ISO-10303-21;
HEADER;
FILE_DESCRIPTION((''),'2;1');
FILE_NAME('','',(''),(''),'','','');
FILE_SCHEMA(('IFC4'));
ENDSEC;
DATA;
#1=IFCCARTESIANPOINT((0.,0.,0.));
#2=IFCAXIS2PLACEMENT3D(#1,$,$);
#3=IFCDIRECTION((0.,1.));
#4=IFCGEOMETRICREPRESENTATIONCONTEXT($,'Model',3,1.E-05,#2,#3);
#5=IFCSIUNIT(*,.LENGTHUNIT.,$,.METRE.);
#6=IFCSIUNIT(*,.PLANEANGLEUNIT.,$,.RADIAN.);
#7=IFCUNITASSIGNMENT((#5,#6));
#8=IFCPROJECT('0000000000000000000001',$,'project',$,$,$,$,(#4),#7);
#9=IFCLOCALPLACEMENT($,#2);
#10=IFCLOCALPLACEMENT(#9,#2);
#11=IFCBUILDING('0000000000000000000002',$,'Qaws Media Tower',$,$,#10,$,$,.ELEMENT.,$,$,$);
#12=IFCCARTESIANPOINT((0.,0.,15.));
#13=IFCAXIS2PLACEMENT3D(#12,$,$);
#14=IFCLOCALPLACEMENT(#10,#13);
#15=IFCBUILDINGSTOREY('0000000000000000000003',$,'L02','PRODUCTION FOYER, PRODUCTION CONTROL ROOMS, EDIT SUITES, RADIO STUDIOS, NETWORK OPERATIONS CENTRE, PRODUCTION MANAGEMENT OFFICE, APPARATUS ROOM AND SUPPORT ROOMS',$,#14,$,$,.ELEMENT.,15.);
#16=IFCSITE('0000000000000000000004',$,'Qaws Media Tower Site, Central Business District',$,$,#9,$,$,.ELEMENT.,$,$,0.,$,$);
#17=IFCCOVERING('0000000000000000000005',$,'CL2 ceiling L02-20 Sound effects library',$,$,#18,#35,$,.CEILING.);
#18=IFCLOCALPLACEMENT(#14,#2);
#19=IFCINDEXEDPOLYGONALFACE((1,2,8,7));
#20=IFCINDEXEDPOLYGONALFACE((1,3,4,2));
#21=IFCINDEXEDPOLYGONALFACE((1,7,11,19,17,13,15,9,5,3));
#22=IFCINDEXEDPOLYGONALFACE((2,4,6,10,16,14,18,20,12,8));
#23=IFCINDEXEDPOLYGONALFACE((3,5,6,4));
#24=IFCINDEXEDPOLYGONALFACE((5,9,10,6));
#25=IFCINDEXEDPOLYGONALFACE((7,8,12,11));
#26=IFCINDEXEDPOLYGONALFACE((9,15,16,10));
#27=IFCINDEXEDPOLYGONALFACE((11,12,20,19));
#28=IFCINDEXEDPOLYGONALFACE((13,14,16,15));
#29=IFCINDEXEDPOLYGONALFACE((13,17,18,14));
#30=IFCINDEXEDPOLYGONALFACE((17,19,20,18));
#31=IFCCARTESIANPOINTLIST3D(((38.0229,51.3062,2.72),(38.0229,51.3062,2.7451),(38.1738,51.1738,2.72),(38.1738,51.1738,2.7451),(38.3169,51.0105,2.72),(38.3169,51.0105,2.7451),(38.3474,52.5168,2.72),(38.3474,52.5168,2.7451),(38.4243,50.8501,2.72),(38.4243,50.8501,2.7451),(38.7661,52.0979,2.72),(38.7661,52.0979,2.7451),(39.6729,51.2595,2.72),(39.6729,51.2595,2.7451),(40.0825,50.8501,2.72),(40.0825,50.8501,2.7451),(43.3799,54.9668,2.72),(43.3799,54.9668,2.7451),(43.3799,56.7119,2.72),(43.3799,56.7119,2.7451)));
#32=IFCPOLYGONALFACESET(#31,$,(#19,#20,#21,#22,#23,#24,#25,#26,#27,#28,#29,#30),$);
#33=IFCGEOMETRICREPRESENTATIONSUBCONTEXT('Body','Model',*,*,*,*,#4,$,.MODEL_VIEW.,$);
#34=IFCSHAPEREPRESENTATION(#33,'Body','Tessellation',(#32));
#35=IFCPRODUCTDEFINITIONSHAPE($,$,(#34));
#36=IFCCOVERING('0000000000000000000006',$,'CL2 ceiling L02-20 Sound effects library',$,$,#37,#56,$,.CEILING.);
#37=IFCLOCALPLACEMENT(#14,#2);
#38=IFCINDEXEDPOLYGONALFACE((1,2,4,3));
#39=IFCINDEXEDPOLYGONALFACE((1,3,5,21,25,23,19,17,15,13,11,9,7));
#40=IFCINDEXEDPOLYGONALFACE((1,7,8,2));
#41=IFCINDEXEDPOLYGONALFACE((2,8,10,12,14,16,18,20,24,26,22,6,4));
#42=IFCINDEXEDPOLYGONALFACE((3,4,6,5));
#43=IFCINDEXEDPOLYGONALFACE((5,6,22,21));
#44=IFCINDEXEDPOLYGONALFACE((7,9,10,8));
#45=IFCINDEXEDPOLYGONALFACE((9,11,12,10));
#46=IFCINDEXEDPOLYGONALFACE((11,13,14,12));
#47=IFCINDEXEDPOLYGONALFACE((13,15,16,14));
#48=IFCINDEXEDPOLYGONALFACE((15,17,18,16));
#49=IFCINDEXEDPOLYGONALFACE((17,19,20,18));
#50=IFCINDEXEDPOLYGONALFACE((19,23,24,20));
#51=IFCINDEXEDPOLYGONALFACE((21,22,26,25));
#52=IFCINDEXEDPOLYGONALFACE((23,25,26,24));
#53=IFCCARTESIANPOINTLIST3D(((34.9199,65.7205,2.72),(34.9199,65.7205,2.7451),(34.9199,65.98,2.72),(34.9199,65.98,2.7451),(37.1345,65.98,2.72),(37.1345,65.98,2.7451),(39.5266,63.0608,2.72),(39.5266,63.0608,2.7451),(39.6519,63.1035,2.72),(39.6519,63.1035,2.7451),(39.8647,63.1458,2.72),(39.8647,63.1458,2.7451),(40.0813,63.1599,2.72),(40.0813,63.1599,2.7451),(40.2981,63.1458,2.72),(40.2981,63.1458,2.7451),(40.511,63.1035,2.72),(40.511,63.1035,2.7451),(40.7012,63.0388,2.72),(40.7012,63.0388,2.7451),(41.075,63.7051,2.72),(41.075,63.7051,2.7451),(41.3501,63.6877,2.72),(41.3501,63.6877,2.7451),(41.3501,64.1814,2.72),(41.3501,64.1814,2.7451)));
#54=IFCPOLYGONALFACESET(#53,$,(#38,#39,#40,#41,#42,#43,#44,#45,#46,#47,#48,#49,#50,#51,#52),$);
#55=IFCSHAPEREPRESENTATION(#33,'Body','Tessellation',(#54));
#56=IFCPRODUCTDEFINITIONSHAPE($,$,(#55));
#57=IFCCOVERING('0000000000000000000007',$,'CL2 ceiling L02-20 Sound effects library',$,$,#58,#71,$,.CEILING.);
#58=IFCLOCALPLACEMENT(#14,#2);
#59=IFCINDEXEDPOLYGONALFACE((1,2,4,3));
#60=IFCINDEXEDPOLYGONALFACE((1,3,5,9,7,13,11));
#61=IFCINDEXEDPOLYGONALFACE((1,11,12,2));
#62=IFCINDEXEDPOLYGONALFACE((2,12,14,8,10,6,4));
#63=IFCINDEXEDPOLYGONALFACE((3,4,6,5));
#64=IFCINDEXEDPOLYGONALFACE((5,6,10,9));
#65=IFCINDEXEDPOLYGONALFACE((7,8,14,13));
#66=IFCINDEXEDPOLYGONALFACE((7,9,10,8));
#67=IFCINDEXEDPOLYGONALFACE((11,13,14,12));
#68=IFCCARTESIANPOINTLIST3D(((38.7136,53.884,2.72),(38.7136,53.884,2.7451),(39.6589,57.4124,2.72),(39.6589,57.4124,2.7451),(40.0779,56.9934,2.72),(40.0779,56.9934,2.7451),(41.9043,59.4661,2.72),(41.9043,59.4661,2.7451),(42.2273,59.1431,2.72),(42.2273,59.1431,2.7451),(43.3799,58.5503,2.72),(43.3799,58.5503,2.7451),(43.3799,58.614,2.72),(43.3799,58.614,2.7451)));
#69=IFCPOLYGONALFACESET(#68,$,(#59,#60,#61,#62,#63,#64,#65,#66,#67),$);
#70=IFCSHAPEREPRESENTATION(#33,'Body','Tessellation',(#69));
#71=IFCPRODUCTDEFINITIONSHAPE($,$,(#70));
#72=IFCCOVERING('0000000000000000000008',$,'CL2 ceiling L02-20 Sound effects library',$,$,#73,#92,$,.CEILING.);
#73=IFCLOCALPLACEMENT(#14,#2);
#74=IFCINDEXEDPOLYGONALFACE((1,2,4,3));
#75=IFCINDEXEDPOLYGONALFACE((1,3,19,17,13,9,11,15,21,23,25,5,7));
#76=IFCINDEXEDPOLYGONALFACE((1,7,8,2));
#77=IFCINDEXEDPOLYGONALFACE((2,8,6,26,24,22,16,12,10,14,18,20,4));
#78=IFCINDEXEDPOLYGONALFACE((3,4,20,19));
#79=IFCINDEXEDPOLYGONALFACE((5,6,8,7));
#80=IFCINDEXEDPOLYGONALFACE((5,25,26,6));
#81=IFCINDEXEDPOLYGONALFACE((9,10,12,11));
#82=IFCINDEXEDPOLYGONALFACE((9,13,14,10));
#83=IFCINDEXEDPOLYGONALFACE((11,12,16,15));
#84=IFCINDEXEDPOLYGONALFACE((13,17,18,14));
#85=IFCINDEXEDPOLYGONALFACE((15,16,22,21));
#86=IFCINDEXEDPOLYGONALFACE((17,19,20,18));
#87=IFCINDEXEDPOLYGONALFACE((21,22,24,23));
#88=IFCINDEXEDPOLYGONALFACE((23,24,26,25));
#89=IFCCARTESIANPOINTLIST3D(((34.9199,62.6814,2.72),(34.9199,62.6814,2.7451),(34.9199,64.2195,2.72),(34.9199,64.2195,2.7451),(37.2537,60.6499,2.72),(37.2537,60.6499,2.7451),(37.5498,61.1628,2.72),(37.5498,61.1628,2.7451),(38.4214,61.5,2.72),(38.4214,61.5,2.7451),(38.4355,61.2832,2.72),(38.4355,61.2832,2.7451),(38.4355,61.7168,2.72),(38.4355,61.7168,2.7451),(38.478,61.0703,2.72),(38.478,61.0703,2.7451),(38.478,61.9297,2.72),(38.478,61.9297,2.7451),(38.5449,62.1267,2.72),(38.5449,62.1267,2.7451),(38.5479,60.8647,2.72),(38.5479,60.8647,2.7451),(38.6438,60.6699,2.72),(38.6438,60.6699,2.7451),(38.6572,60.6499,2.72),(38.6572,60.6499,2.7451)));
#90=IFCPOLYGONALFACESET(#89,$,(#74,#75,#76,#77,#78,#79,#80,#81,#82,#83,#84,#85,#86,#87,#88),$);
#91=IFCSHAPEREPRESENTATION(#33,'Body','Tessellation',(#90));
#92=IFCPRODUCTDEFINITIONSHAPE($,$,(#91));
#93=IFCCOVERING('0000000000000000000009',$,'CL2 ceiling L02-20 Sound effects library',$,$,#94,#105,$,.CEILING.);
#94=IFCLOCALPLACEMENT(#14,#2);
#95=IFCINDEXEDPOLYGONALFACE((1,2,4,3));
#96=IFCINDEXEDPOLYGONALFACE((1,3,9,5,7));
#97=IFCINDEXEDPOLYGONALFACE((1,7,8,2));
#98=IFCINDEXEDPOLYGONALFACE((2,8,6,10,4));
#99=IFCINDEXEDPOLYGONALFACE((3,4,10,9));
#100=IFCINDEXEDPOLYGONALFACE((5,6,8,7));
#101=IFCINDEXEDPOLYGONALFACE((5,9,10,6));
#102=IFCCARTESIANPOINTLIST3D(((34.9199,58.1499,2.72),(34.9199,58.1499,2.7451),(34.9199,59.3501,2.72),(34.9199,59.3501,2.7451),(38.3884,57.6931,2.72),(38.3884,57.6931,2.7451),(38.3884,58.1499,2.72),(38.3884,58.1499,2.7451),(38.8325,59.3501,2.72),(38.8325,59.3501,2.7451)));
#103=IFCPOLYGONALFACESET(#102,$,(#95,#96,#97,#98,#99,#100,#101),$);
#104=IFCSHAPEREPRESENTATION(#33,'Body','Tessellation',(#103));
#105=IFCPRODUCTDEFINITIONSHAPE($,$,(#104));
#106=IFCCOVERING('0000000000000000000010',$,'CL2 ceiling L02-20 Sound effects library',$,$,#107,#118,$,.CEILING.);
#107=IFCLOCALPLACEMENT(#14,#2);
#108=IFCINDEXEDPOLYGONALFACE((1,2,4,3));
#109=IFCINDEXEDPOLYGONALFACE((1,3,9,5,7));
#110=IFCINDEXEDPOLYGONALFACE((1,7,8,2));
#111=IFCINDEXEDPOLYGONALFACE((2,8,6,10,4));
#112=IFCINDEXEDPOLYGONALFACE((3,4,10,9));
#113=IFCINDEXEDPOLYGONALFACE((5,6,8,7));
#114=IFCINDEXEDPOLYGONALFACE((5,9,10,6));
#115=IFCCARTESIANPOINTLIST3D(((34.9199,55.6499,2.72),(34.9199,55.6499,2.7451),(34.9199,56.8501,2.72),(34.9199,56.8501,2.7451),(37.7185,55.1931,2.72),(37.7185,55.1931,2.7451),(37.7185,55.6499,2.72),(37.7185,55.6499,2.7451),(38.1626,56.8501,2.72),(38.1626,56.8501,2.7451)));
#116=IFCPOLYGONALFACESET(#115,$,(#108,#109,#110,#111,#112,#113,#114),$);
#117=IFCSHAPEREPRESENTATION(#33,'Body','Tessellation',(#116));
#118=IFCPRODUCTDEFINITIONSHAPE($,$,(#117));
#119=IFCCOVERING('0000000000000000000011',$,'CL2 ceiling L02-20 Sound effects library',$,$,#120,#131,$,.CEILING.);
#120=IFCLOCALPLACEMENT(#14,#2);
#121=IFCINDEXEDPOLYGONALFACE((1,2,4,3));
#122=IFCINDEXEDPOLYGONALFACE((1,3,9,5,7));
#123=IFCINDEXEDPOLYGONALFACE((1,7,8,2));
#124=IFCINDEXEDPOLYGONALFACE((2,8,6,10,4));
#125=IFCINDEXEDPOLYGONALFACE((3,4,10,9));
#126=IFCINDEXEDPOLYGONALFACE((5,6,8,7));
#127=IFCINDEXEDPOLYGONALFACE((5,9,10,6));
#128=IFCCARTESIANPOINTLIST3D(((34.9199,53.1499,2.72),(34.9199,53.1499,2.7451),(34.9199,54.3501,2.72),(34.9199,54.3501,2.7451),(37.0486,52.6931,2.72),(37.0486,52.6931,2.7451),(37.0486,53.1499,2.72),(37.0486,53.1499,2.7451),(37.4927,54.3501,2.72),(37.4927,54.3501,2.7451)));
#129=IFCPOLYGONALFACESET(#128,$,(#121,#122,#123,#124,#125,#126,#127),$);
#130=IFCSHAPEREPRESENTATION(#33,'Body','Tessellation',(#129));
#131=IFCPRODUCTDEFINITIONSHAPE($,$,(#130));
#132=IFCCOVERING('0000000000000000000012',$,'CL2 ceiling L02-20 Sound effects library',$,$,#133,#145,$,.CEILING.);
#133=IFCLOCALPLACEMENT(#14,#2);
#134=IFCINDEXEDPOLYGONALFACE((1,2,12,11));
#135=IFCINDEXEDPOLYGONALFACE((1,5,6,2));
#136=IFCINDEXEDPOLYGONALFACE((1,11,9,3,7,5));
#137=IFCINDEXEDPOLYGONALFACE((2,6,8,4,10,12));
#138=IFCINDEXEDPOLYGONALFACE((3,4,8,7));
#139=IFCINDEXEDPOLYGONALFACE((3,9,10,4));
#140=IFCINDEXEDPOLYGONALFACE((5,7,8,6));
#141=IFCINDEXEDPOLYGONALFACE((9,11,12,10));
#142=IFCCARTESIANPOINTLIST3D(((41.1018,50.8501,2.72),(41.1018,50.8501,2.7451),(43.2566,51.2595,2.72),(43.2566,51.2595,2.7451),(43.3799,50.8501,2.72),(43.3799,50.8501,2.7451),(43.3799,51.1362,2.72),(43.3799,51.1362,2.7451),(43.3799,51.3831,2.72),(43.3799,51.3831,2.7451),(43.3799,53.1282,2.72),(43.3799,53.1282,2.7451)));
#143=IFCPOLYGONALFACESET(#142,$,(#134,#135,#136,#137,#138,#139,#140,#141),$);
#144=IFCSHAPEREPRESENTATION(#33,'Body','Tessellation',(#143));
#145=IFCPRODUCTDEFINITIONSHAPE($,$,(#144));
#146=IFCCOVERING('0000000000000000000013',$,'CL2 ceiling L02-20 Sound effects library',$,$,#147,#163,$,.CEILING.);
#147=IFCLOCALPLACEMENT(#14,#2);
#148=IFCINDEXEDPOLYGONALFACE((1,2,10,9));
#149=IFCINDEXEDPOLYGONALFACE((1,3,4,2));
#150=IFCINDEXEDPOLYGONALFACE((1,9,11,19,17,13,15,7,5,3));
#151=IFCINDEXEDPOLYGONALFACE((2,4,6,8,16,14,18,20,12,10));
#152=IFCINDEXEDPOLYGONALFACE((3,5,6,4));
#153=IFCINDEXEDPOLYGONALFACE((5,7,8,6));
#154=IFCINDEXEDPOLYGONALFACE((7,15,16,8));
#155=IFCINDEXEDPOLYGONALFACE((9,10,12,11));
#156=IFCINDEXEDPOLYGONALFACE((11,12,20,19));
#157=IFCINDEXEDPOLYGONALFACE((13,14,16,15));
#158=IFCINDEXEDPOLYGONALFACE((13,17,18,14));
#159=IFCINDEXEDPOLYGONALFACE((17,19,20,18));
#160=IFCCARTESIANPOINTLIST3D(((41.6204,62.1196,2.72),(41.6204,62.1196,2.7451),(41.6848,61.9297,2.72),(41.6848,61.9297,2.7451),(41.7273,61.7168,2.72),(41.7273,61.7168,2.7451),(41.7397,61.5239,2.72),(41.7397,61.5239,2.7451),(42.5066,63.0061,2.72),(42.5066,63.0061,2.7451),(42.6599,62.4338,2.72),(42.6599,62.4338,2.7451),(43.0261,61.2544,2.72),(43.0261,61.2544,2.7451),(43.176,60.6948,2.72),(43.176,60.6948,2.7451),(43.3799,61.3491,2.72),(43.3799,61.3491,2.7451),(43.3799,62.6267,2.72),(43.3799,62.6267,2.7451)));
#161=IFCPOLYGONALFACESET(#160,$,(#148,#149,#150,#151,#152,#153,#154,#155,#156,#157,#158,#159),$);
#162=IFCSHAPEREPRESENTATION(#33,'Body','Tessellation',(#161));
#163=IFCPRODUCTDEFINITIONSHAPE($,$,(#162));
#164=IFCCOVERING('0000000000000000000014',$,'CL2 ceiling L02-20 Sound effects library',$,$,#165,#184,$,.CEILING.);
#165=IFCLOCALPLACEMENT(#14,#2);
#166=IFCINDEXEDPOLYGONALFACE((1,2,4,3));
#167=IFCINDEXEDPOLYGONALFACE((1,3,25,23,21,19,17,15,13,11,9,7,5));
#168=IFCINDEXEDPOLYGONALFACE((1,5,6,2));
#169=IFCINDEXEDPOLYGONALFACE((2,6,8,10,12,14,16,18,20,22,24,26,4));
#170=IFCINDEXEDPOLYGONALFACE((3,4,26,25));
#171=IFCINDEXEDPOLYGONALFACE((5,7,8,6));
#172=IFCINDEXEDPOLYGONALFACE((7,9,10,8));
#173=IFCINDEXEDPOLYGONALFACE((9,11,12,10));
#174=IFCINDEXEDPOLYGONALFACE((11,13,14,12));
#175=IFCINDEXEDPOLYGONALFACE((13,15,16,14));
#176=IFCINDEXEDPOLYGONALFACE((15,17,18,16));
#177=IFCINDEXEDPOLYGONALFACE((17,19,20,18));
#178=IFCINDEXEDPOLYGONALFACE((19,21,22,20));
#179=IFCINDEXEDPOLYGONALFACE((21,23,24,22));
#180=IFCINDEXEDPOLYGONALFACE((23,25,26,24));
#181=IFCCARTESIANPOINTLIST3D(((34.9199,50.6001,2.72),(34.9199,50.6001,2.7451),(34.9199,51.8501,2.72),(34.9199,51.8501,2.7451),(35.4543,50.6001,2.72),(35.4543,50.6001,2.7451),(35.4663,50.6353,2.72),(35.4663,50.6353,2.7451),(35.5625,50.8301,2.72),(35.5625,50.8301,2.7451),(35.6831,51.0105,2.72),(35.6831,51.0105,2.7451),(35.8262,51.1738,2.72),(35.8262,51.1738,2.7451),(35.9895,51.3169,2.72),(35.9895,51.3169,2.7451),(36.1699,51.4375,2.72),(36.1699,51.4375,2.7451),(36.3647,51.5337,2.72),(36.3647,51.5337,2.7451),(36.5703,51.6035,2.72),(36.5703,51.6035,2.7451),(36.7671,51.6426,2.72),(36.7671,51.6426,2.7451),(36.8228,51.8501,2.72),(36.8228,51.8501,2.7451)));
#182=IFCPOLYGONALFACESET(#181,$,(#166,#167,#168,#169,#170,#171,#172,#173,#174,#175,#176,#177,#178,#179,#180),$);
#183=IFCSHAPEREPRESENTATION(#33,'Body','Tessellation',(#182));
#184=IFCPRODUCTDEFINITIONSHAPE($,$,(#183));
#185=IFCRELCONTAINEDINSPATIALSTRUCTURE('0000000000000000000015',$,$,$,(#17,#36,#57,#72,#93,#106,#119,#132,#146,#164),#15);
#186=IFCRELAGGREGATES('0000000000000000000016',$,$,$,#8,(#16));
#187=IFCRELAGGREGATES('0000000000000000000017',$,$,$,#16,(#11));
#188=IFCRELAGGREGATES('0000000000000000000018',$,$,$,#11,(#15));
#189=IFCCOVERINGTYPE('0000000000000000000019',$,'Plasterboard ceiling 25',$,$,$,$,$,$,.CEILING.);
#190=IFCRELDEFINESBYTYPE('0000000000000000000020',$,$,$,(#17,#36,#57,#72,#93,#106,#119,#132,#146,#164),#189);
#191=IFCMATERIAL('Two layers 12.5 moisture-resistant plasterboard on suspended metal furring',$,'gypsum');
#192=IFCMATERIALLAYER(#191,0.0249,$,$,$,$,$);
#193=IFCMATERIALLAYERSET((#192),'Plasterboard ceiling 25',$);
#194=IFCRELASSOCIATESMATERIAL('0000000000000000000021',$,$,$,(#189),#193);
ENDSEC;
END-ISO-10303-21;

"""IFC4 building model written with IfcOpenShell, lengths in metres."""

from ifc_helpers import new_model, si_unit, direction, frame, origin, place, context, subcontext, project, spatial, polyline, outline, extrude, material, layer, layer_set, type_object, element, save


model = new_model("IFC4")

# Units and contexts
model_context = context("Model", 3, precision=1e-05, world=origin(), true_north=direction((0.0, 1.0)))
body_context = subcontext(model_context, "Body", "Model", "MODEL_VIEW")
ifc_project = project(units=[si_unit("LENGTHUNIT", "METRE"), si_unit("PLANEANGLEUNIT", "RADIAN")], contexts=[model_context])

# Site, building, storey
site_placement = place(None, origin())
site = spatial("IfcSite", under=ifc_project, at=site_placement, Name="Qaws Media Tower Site, Central Business District", CompositionType="ELEMENT", RefElevation=0.0)
building_placement = place(site_placement, origin())
building = spatial("IfcBuilding", under=site, at=building_placement, Name="Qaws Media Tower", CompositionType="ELEMENT")
storey_placement = place(building_placement, frame((0.0, 0.0, 15.0)))
storey = spatial("IfcBuildingStorey", under=building, at=storey_placement, Name="L02", Description="PRODUCTION FOYER, PRODUCTION CONTROL ROOMS, EDIT SUITES, RADIO STUDIOS, NETWORK OPERATIONS CENTRE, PRODUCTION MANAGEMENT OFFICE, APPARATUS ROOM AND SUPPORT ROOMS", CompositionType="ELEMENT", Elevation=15.0)

# Coverings
ifc_material_1 = material(Name="Two layers 12.5 moisture-resistant plasterboard on suspended metal furring", Category="gypsum")
ifc_layer_1 = layer(ifc_material_1, 0.0249)
ifc_layer_set_1 = layer_set([ifc_layer_1], Name="Plasterboard ceiling 25")
covering_type_1 = type_object("IfcCoveringType", Name="Plasterboard ceiling 25", PredefinedType="CEILING", material=ifc_layer_set_1)
covering_1_placement = place(storey_placement, frame((0.0, 0.0, 2.72)))
element("IfcCovering", 1, at=covering_1_placement, inside=storey, type_object=covering_type_1, Name="CL2 ceiling L02-20 Sound effects library", PredefinedType="CEILING", context=body_context, shape_type="SweptSolid", body=[
    extrude(outline(polyline([(43.3799, 54.9668), (39.6729, 51.2595), (40.0825, 50.8501), (38.4243, 50.8501), (38.3169, 51.0105), (38.1738, 51.1738), (38.0229, 51.3062), (38.3474, 52.5168), (38.7661, 52.0979), (43.3799, 56.7119), (43.3799, 54.9668)])), origin(), (0.0, 0.0, 1.0), 0.0251),
])
covering_2_placement = place(storey_placement, frame((0.0, 0.0, 2.72)))
element("IfcCovering", 2, at=covering_2_placement, inside=storey, type_object=covering_type_1, Name="CL2 ceiling L02-20 Sound effects library", PredefinedType="CEILING", context=body_context, shape_type="SweptSolid", body=[
    extrude(outline(polyline([(34.9199, 65.98), (37.1345, 65.98), (41.075, 63.7051), (41.3501, 64.1814), (41.3501, 63.6877), (40.7012, 63.0388), (40.511, 63.1035), (40.2981, 63.1458), (40.0813, 63.1599), (39.8647, 63.1458), (39.6519, 63.1035), (39.5266, 63.0608), (34.9199, 65.7205), (34.9199, 65.98)])), origin(), (0.0, 0.0, 1.0), 0.0251),
])
covering_3_placement = place(storey_placement, frame((0.0, 0.0, 2.72)))
element("IfcCovering", 3, at=covering_3_placement, inside=storey, type_object=covering_type_1, Name="CL2 ceiling L02-20 Sound effects library", PredefinedType="CEILING", context=body_context, shape_type="SweptSolid", body=[
    extrude(outline(polyline([(43.3799, 58.5503), (38.7136, 53.884), (39.6589, 57.4124), (40.0779, 56.9934), (42.2273, 59.1431), (41.9043, 59.4661), (43.3799, 58.614), (43.3799, 58.5503)])), origin(), (0.0, 0.0, 1.0), 0.0251),
])
covering_4_placement = place(storey_placement, frame((0.0, 0.0, 2.72)))
element("IfcCovering", 4, at=covering_4_placement, inside=storey, type_object=covering_type_1, Name="CL2 ceiling L02-20 Sound effects library", PredefinedType="CEILING", context=body_context, shape_type="SweptSolid", body=[
    extrude(outline(polyline([(34.9199, 64.2195), (38.5449, 62.1267), (38.478, 61.9297), (38.4355, 61.7168), (38.4214, 61.5), (38.4355, 61.2832), (38.478, 61.0703), (38.5479, 60.8647), (38.6438, 60.6699), (38.6572, 60.6499), (37.2537, 60.6499), (37.5498, 61.1628), (34.9199, 62.6814), (34.9199, 64.2195)])), origin(), (0.0, 0.0, 1.0), 0.0251),
])
covering_5_placement = place(storey_placement, frame((0.0, 0.0, 2.72)))
element("IfcCovering", 5, at=covering_5_placement, inside=storey, type_object=covering_type_1, Name="CL2 ceiling L02-20 Sound effects library", PredefinedType="CEILING", context=body_context, shape_type="SweptSolid", body=[
    extrude(outline(polyline([(34.9199, 59.3501), (38.8325, 59.3501), (38.3884, 57.6931), (38.3884, 58.1499), (34.9199, 58.1499), (34.9199, 59.3501)])), origin(), (0.0, 0.0, 1.0), 0.0251),
])
covering_6_placement = place(storey_placement, frame((0.0, 0.0, 2.72)))
element("IfcCovering", 6, at=covering_6_placement, inside=storey, type_object=covering_type_1, Name="CL2 ceiling L02-20 Sound effects library", PredefinedType="CEILING", context=body_context, shape_type="SweptSolid", body=[
    extrude(outline(polyline([(34.9199, 56.8501), (38.1626, 56.8501), (37.7185, 55.1931), (37.7185, 55.6499), (34.9199, 55.6499), (34.9199, 56.8501)])), origin(), (0.0, 0.0, 1.0), 0.0251),
])
covering_7_placement = place(storey_placement, frame((0.0, 0.0, 2.72)))
element("IfcCovering", 7, at=covering_7_placement, inside=storey, type_object=covering_type_1, Name="CL2 ceiling L02-20 Sound effects library", PredefinedType="CEILING", context=body_context, shape_type="SweptSolid", body=[
    extrude(outline(polyline([(34.9199, 54.3501), (37.4927, 54.3501), (37.0486, 52.6931), (37.0486, 53.1499), (34.9199, 53.1499), (34.9199, 54.3501)])), origin(), (0.0, 0.0, 1.0), 0.0251),
])
covering_8_placement = place(storey_placement, frame((0.0, 0.0, 2.72)))
element("IfcCovering", 8, at=covering_8_placement, inside=storey, type_object=covering_type_1, Name="CL2 ceiling L02-20 Sound effects library", PredefinedType="CEILING", context=body_context, shape_type="SweptSolid", body=[
    extrude(outline(polyline([(43.3799, 51.3831), (43.2566, 51.2595), (43.3799, 51.1362), (43.3799, 50.8501), (41.1018, 50.8501), (43.3799, 53.1282), (43.3799, 51.3831)])), origin(), (0.0, 0.0, 1.0), 0.0251),
])
covering_9_placement = place(storey_placement, frame((0.0, 0.0, 2.72)))
element("IfcCovering", 9, at=covering_9_placement, inside=storey, type_object=covering_type_1, Name="CL2 ceiling L02-20 Sound effects library", PredefinedType="CEILING", context=body_context, shape_type="SweptSolid", body=[
    extrude(outline(polyline([(43.3799, 61.3491), (43.0261, 61.2544), (43.176, 60.6948), (41.7397, 61.5239), (41.7273, 61.7168), (41.6848, 61.9297), (41.6204, 62.1196), (42.5066, 63.0061), (42.6599, 62.4338), (43.3799, 62.6267), (43.3799, 61.3491)])), origin(), (0.0, 0.0, 1.0), 0.0251),
])
covering_10_placement = place(storey_placement, frame((0.0, 0.0, 2.72)))
element("IfcCovering", 10, at=covering_10_placement, inside=storey, type_object=covering_type_1, Name="CL2 ceiling L02-20 Sound effects library", PredefinedType="CEILING", context=body_context, shape_type="SweptSolid", body=[
    extrude(outline(polyline([(36.5703, 51.6035), (36.3647, 51.5337), (36.1699, 51.4375), (35.9895, 51.3169), (35.8262, 51.1738), (35.6831, 51.0105), (35.5625, 50.8301), (35.4663, 50.6353), (35.4543, 50.6001), (34.9199, 50.6001), (34.9199, 51.8501), (36.8228, 51.8501), (36.7671, 51.6426), (36.5703, 51.6035)])), origin(), (0.0, 0.0, 1.0), 0.0251),
])

save(model, "model.ifc")
